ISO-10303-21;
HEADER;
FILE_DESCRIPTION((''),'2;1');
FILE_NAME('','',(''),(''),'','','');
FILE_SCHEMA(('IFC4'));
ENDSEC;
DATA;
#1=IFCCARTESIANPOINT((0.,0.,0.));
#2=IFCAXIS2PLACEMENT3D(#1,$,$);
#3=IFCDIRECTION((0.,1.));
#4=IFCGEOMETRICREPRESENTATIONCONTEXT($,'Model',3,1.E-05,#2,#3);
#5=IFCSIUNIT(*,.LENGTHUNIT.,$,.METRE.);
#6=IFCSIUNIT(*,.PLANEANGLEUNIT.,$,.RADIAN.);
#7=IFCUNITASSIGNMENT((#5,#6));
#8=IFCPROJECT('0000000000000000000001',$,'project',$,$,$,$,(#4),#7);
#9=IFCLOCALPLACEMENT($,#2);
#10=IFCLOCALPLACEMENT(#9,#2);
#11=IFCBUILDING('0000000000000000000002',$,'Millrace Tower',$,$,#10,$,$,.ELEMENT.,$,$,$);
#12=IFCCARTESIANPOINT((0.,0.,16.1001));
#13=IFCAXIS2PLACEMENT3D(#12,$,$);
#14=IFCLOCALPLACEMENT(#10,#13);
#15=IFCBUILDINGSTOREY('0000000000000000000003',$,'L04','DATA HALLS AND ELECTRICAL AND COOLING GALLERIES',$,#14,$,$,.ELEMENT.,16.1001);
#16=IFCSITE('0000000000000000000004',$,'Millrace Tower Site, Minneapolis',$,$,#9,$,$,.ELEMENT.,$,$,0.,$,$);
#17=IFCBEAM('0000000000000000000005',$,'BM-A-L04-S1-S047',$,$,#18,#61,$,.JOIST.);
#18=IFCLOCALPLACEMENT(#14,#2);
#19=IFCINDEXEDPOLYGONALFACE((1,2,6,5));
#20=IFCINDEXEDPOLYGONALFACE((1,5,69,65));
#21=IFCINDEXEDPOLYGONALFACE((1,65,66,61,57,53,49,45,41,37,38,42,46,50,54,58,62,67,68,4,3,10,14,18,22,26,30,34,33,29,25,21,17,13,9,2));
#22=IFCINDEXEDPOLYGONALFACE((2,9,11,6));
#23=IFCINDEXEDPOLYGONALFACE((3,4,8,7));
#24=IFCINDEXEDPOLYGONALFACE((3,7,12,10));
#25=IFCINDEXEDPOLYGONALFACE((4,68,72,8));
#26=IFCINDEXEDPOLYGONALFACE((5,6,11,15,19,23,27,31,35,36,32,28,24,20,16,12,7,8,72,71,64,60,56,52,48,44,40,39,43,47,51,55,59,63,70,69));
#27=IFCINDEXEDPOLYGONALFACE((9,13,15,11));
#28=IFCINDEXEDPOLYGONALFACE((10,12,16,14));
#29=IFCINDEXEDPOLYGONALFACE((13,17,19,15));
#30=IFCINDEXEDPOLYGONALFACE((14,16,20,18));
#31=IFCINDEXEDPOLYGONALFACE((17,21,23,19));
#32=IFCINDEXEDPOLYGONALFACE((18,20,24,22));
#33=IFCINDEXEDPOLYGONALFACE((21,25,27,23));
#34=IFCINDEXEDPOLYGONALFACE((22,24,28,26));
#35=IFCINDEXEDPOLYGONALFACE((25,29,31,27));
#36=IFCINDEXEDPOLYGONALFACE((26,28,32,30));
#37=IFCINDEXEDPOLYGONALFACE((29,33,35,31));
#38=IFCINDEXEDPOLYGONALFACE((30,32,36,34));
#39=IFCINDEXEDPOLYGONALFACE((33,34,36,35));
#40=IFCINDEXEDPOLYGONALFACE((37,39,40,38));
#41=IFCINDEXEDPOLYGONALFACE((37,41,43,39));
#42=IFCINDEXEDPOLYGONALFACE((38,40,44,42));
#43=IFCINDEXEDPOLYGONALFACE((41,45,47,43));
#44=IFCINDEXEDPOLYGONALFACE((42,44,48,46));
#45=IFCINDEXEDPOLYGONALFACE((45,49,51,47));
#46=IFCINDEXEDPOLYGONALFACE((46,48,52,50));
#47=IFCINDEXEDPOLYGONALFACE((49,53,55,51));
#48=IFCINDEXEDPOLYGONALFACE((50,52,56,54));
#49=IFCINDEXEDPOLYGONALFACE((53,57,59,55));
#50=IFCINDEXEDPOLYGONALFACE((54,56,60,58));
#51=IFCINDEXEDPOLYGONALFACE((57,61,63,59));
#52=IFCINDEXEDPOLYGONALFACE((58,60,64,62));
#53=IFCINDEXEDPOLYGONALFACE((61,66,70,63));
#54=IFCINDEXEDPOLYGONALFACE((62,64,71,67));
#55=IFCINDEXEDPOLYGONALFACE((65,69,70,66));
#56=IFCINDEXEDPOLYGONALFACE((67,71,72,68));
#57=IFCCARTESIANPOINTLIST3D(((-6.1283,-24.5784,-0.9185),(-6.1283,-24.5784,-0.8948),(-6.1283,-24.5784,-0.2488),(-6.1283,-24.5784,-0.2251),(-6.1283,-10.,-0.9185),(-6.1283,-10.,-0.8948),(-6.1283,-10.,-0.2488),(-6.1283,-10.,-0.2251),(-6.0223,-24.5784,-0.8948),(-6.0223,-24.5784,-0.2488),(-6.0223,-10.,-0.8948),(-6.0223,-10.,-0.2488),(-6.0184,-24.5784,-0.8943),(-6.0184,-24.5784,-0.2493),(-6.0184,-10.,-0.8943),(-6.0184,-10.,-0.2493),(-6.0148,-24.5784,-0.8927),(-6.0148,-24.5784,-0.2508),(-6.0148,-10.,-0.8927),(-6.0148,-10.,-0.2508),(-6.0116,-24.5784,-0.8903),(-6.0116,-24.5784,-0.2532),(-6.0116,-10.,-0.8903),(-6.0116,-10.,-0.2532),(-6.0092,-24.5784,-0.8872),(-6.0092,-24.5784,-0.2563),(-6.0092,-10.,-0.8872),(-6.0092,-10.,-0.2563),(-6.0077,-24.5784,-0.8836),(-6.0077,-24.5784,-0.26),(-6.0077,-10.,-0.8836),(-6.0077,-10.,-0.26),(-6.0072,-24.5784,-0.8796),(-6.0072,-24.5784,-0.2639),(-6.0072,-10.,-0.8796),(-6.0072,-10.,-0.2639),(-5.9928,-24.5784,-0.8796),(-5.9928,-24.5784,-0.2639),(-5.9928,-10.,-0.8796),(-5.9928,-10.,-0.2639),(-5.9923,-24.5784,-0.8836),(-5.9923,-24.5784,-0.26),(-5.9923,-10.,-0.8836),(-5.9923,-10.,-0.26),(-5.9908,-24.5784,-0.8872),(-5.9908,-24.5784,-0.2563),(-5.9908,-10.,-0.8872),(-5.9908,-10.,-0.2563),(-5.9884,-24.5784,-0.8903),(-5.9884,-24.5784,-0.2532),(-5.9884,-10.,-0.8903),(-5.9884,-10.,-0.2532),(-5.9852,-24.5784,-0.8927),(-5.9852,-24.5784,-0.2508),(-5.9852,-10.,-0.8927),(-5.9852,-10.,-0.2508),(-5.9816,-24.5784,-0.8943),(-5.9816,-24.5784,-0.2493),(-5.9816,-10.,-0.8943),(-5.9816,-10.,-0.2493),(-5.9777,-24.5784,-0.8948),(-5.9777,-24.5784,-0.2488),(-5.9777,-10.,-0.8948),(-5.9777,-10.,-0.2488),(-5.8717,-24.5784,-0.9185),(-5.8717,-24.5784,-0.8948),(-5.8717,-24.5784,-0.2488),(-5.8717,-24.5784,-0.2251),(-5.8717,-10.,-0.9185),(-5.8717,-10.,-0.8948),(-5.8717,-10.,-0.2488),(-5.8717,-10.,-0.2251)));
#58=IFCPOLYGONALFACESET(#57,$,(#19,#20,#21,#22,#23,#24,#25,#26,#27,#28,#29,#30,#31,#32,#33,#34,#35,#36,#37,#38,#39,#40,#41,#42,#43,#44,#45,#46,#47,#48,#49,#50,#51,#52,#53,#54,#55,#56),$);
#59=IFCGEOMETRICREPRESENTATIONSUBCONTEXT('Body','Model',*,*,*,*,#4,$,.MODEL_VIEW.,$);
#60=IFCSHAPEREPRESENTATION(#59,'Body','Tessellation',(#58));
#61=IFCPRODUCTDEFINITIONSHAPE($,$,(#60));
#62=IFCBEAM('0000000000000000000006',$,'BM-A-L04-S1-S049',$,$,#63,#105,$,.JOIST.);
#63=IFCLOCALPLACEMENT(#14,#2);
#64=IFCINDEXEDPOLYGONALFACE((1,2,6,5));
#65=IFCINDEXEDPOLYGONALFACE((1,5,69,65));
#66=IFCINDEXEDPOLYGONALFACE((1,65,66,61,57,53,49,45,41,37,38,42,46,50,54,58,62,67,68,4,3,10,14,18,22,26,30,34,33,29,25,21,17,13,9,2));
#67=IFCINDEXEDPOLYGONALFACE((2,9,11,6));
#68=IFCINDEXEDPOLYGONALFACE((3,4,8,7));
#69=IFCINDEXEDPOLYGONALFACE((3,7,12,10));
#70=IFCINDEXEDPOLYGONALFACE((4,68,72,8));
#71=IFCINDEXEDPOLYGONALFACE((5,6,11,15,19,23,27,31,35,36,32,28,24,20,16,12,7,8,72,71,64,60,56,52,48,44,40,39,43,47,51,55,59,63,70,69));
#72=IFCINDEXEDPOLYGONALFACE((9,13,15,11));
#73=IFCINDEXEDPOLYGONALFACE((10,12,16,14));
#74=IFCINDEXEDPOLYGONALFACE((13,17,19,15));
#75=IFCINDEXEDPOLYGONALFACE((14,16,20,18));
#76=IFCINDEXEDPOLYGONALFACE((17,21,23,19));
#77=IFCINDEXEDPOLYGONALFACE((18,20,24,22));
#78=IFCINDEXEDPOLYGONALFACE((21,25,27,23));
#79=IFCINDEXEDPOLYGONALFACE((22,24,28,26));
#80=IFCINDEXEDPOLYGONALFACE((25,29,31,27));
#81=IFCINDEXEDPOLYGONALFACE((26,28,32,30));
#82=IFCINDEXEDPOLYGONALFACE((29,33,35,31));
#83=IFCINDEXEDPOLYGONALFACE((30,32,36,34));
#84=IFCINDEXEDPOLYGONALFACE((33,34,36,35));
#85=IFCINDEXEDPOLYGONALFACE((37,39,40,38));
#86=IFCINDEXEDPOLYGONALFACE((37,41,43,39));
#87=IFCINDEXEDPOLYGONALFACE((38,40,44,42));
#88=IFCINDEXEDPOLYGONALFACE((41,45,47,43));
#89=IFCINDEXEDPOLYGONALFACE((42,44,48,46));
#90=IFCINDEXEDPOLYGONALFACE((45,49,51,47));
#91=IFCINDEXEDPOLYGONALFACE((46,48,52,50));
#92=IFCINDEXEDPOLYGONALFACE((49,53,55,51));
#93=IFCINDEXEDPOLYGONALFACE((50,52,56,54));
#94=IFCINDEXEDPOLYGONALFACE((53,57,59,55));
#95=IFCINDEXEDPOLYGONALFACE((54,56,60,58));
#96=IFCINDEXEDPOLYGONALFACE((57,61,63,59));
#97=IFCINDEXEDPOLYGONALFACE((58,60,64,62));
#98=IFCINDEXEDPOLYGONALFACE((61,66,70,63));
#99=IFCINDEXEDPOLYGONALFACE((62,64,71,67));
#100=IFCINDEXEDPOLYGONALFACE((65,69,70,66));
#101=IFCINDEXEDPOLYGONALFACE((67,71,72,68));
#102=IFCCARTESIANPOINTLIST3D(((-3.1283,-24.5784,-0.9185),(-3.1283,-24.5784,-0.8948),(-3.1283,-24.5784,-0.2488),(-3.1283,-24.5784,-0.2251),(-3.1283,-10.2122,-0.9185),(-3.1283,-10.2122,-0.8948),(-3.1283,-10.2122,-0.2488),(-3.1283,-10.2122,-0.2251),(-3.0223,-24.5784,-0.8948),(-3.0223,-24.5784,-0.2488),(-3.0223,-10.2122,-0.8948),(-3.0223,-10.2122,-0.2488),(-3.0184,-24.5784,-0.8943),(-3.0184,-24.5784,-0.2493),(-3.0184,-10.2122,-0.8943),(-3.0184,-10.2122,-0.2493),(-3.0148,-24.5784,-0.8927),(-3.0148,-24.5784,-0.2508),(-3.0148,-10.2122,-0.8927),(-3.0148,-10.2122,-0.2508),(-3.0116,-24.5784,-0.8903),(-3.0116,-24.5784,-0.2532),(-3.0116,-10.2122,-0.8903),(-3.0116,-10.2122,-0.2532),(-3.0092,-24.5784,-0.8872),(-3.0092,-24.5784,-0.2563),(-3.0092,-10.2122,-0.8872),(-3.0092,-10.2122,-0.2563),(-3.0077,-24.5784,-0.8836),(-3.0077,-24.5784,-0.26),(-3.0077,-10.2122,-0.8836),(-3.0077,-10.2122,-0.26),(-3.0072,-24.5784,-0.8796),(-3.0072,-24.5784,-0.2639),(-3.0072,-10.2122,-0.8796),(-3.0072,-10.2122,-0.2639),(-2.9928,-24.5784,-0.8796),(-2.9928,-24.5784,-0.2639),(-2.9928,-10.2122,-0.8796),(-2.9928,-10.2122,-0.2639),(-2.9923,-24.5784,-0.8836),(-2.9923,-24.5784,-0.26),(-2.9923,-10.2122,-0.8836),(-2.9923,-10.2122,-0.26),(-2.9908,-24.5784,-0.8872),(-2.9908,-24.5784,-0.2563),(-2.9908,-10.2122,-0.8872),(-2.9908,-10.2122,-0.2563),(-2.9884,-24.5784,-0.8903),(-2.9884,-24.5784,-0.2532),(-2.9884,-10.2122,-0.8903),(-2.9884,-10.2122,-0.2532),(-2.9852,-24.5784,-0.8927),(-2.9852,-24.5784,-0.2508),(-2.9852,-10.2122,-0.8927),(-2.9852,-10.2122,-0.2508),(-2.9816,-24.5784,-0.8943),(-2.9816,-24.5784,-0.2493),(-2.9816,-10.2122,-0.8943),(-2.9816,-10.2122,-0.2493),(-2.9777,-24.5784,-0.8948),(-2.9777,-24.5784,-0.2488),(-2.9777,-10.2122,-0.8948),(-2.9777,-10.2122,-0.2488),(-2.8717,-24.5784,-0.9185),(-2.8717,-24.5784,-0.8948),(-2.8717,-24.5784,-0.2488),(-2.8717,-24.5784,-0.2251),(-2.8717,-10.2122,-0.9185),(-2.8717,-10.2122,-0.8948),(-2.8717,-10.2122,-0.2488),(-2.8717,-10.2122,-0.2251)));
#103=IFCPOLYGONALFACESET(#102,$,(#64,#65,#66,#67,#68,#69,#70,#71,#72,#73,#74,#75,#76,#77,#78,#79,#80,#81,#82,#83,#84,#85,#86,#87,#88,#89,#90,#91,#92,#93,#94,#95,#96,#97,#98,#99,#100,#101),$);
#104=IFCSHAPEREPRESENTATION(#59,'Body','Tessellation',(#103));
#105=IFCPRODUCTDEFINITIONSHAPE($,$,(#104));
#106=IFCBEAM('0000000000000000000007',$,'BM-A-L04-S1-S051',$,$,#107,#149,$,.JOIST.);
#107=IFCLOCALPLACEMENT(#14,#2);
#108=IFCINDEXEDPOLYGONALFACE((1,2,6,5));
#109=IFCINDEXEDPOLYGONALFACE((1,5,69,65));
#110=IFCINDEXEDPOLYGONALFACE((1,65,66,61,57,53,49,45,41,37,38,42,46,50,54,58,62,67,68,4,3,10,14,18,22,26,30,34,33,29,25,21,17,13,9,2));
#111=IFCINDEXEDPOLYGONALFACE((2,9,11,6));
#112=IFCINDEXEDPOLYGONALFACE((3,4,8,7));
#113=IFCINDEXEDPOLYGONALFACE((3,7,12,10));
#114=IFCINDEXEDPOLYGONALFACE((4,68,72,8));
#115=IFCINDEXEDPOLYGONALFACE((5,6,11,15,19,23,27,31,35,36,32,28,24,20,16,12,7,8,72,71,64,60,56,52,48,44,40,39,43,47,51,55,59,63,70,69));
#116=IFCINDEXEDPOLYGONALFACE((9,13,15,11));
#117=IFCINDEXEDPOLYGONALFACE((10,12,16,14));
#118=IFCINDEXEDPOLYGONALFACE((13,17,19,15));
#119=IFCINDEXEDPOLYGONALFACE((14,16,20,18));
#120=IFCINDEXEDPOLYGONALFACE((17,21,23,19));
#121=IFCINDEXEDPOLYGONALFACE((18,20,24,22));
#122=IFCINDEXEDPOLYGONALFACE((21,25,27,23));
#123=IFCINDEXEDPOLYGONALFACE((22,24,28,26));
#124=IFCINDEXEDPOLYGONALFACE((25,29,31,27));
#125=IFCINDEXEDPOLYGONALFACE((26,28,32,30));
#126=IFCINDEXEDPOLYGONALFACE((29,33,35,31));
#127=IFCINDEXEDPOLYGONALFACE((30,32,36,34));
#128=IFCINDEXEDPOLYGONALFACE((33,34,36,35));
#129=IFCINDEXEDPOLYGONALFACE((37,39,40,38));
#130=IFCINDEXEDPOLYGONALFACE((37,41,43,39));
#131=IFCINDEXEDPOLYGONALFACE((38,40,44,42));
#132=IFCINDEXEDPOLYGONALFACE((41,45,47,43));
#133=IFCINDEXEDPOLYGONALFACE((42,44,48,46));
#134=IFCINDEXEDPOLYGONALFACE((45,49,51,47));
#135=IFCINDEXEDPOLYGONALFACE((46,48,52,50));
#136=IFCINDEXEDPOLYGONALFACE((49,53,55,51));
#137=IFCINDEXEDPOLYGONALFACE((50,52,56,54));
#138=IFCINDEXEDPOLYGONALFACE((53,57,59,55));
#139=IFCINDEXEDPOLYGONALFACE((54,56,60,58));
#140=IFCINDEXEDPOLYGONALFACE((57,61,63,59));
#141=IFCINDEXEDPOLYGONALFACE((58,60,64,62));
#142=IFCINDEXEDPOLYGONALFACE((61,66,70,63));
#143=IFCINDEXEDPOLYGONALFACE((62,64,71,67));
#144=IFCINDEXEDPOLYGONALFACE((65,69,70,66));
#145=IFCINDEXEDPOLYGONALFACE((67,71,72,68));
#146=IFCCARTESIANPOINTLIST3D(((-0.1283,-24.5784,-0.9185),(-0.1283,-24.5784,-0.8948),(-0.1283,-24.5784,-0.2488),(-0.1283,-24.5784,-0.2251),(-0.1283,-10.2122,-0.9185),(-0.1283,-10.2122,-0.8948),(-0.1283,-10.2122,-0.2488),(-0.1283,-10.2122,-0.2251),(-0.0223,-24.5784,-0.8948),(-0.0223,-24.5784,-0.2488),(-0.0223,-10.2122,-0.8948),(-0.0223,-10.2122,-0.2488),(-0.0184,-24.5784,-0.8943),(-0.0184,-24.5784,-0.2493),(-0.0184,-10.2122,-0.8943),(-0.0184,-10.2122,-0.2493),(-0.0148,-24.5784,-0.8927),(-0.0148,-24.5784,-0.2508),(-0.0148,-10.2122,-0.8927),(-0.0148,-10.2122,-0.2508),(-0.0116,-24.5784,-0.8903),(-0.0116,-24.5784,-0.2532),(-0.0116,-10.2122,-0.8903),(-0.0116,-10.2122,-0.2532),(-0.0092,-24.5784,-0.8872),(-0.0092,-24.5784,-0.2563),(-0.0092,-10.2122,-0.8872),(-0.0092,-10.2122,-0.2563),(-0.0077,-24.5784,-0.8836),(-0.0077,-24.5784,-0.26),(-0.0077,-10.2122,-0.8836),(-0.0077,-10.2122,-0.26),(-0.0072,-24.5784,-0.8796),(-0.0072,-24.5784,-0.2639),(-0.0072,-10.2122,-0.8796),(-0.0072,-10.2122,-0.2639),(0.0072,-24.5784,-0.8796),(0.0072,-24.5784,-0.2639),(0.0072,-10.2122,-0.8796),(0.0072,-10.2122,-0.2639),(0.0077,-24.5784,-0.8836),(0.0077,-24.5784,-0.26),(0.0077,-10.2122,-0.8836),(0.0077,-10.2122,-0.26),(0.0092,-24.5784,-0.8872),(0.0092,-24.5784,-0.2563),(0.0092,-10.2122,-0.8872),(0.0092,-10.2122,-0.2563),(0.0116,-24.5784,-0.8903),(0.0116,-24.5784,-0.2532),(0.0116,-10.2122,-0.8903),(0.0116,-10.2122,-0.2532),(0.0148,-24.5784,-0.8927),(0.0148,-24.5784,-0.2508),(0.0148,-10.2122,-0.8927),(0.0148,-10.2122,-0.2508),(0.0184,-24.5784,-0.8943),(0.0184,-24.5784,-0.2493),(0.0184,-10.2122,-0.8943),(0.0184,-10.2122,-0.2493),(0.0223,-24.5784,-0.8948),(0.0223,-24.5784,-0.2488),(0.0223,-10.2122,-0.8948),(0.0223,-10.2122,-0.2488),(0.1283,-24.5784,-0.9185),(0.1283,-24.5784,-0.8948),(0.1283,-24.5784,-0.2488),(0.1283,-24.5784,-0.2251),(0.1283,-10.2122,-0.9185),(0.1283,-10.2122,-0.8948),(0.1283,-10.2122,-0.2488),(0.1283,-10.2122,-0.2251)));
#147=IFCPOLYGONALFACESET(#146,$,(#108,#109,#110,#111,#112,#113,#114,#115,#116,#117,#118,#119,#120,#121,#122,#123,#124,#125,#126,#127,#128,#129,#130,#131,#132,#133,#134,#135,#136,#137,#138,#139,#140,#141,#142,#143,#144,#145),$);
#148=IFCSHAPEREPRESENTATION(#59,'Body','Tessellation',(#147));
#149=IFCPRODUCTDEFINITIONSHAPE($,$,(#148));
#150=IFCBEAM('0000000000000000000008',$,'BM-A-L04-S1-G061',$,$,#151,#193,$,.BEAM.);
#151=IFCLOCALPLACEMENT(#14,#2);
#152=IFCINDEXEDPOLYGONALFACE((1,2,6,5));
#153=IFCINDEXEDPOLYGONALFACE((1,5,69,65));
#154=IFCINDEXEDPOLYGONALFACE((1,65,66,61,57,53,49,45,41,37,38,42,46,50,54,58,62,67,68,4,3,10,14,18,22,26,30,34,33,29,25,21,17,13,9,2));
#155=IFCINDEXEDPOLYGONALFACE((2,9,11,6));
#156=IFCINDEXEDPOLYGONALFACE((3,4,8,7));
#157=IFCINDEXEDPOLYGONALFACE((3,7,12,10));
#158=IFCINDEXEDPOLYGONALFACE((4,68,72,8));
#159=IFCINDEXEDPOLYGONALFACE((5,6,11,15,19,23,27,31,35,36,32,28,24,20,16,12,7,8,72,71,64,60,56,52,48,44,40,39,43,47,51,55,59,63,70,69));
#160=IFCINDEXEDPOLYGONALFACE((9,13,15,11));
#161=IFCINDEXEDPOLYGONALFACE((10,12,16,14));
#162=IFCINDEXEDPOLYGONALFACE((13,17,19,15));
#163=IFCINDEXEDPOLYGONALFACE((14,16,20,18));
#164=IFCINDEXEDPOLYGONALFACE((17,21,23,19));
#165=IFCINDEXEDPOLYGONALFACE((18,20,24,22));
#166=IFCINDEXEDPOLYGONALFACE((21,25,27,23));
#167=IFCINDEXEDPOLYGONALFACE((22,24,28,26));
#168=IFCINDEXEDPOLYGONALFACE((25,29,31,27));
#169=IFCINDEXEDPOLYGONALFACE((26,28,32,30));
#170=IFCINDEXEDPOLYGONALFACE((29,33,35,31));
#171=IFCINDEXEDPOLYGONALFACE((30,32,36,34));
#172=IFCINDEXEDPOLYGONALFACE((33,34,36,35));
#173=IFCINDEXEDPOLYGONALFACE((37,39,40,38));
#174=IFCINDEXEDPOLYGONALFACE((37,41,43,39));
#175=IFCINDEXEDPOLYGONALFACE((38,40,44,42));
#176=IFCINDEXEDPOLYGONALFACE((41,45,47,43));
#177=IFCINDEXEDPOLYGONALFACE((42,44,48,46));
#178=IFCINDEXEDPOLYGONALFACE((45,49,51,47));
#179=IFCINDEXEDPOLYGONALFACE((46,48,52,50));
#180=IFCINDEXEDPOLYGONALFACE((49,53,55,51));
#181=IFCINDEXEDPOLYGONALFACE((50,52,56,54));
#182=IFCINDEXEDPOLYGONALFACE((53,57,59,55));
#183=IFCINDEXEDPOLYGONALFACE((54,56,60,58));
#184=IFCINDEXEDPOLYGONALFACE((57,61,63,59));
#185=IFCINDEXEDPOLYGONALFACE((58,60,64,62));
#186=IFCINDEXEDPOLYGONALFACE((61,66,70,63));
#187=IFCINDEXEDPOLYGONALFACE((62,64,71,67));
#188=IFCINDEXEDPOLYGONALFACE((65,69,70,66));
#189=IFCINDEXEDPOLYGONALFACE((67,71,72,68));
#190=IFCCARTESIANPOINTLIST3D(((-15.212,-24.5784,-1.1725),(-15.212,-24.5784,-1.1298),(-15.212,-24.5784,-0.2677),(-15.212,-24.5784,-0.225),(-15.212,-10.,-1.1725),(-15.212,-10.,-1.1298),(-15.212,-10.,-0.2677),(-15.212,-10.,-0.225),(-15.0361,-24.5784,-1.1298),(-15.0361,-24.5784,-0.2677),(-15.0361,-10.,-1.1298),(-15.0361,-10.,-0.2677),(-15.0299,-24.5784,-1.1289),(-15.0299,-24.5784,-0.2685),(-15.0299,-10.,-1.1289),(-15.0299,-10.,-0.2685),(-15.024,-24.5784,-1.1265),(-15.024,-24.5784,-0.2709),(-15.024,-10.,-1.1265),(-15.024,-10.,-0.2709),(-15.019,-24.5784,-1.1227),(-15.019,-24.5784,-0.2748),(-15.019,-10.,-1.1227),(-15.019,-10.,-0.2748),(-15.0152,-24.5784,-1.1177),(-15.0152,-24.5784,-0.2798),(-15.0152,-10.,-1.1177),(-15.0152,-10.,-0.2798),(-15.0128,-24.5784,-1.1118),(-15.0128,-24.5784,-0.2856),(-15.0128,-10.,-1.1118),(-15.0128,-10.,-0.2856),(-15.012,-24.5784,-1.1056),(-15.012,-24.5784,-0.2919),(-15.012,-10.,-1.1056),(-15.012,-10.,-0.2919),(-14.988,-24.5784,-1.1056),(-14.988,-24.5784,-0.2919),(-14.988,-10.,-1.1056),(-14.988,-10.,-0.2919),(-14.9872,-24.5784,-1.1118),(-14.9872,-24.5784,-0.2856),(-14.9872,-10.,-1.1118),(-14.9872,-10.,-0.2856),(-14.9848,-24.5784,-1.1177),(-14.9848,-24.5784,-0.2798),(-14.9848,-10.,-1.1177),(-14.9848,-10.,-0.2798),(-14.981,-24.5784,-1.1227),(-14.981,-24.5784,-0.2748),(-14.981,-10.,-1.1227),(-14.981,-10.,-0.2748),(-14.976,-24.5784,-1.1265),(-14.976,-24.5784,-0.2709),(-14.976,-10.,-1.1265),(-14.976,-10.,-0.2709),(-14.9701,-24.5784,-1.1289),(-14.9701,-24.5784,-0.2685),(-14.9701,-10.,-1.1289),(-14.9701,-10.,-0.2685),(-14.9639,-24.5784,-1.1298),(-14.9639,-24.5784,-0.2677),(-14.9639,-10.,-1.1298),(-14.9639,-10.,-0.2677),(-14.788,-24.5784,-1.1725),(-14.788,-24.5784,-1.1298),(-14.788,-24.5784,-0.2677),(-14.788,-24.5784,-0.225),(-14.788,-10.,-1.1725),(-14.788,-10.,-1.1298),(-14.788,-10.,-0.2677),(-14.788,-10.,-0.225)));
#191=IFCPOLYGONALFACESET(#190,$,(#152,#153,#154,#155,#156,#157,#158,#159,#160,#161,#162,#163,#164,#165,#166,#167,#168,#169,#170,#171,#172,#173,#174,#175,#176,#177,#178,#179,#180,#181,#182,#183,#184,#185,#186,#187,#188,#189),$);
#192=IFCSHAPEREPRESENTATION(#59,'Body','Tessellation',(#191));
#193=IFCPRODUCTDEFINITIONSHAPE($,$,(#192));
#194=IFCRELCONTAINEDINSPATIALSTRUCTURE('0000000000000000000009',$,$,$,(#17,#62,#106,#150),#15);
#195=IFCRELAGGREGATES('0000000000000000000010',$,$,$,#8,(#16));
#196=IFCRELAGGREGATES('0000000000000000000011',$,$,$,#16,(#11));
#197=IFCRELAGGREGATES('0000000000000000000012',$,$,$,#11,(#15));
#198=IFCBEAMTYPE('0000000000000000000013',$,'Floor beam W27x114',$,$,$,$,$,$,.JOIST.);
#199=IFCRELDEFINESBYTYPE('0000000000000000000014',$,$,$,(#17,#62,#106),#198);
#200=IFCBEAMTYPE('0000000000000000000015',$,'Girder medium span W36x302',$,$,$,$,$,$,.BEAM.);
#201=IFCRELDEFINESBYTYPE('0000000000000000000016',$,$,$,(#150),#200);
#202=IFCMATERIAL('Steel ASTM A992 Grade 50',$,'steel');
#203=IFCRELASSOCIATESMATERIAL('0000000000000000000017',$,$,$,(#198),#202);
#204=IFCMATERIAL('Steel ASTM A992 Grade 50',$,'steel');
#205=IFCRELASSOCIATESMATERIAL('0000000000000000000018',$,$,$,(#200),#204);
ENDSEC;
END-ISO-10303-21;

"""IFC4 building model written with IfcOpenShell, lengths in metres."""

from ifc_helpers import new_model, si_unit, direction, frame, origin, origin_2d, place, context, subcontext, project, spatial, i_section, extrude, material, material_profile, profile_set, type_object, element, save


model = new_model("IFC4")

# Units and contexts
model_context = context("Model", 3, precision=1e-05, world=origin(), true_north=direction((0.0, 1.0)))
body_context = subcontext(model_context, "Body", "Model", "MODEL_VIEW")
ifc_project = project(units=[si_unit("LENGTHUNIT", "METRE"), si_unit("PLANEANGLEUNIT", "RADIAN")], contexts=[model_context])

# Site, building, storey
site_placement = place(None, origin())
site = spatial("IfcSite", under=ifc_project, at=site_placement, Name="Millrace Tower Site, Minneapolis", CompositionType="ELEMENT", RefElevation=0.0)
building_placement = place(site_placement, origin())
building = spatial("IfcBuilding", under=site, at=building_placement, Name="Millrace Tower", CompositionType="ELEMENT")
storey_placement = place(building_placement, frame((0.0, 0.0, 16.1001)))
storey = spatial("IfcBuildingStorey", under=building, at=storey_placement, Name="L04", Description="DATA HALLS AND ELECTRICAL AND COOLING GALLERIES", CompositionType="ELEMENT", Elevation=16.1001)

# Beams
ifc_material_1 = material(Name="Steel ASTM A992 Grade 50", Category="steel")
ifc_material_profile_1 = material_profile(ifc_material_1, i_section(OverallWidth=0.2566, OverallDepth=0.6934, WebThickness=0.0144, FlangeThickness=0.0237, FilletRadius=0.0151, at=origin_2d()))
ifc_profile_set_1 = profile_set([ifc_material_profile_1], Name="Steel ASTM A992 Grade 50")
beam_type_1 = type_object("IfcBeamType", Name="Floor beam W27x114", PredefinedType="JOIST", material=ifc_profile_set_1)
for number, where, z_axis, x_axis, name in (
    (1, (-6.0, -24.5784, -0.5718), (0.0, 1.0, 0.0), (-1.0, 0.0, 0.0), "BM-A-L04-S1-S047"),
):
    element("IfcBeam", number, at=place(storey_placement, frame(where, z_axis=z_axis, x_axis=x_axis)), inside=storey, type_object=beam_type_1, Name=name, PredefinedType="JOIST", context=body_context, shape_type="SweptSolid", body=[
        extrude(i_section(OverallWidth=0.2566, OverallDepth=0.6934, WebThickness=0.0144, FlangeThickness=0.0237, FilletRadius=0.0151, at=origin_2d()), origin(), (0.0, 0.0, 1.0), 14.5784),
    ])
for number, where, z_axis, x_axis, name in (
    (2, (-3.0, -24.5784, -0.5718), (0.0, 1.0, 0.0), (-1.0, 0.0, 0.0), "BM-A-L04-S1-S049"),
    (3, (0.0, -24.5784, -0.5718), (0.0, 1.0, 0.0), (-1.0, 0.0, 0.0), "BM-A-L04-S1-S051"),
):
    element("IfcBeam", number, at=place(storey_placement, frame(where, z_axis=z_axis, x_axis=x_axis)), inside=storey, type_object=beam_type_1, Name=name, PredefinedType="JOIST", context=body_context, shape_type="SweptSolid", body=[
        extrude(i_section(OverallWidth=0.2566, OverallDepth=0.6934, WebThickness=0.0144, FlangeThickness=0.0237, FilletRadius=0.0151, at=origin_2d()), origin(), (0.0, 0.0, 1.0), 14.3662),
    ])
ifc_material_2 = material(Name="Steel ASTM A992 Grade 50", Category="steel")
ifc_material_profile_2 = material_profile(ifc_material_2, i_section(OverallWidth=0.4241, OverallDepth=0.9475, WebThickness=0.0239, FlangeThickness=0.0427, FilletRadius=0.0242, at=origin_2d()))
ifc_profile_set_2 = profile_set([ifc_material_profile_2], Name="Steel ASTM A992 Grade 50")
beam_type_2 = type_object("IfcBeamType", Name="Girder medium span W36x302", PredefinedType="BEAM", material=ifc_profile_set_2)
beam_1_placement = place(storey_placement, frame((-15.0, -24.5784, -0.6987), z_axis=(0.0, 1.0, 0.0), x_axis=(-1.0, 0.0, 0.0)))
element("IfcBeam", 4, at=beam_1_placement, inside=storey, type_object=beam_type_2, Name="BM-A-L04-S1-G061", PredefinedType="BEAM", context=body_context, shape_type="SweptSolid", body=[
    extrude(i_section(OverallWidth=0.4241, OverallDepth=0.9475, WebThickness=0.0239, FlangeThickness=0.0427, FilletRadius=0.0242, at=origin_2d()), origin(), (0.0, 0.0, 1.0), 14.5784),
])

save(model, "model.ifc")
